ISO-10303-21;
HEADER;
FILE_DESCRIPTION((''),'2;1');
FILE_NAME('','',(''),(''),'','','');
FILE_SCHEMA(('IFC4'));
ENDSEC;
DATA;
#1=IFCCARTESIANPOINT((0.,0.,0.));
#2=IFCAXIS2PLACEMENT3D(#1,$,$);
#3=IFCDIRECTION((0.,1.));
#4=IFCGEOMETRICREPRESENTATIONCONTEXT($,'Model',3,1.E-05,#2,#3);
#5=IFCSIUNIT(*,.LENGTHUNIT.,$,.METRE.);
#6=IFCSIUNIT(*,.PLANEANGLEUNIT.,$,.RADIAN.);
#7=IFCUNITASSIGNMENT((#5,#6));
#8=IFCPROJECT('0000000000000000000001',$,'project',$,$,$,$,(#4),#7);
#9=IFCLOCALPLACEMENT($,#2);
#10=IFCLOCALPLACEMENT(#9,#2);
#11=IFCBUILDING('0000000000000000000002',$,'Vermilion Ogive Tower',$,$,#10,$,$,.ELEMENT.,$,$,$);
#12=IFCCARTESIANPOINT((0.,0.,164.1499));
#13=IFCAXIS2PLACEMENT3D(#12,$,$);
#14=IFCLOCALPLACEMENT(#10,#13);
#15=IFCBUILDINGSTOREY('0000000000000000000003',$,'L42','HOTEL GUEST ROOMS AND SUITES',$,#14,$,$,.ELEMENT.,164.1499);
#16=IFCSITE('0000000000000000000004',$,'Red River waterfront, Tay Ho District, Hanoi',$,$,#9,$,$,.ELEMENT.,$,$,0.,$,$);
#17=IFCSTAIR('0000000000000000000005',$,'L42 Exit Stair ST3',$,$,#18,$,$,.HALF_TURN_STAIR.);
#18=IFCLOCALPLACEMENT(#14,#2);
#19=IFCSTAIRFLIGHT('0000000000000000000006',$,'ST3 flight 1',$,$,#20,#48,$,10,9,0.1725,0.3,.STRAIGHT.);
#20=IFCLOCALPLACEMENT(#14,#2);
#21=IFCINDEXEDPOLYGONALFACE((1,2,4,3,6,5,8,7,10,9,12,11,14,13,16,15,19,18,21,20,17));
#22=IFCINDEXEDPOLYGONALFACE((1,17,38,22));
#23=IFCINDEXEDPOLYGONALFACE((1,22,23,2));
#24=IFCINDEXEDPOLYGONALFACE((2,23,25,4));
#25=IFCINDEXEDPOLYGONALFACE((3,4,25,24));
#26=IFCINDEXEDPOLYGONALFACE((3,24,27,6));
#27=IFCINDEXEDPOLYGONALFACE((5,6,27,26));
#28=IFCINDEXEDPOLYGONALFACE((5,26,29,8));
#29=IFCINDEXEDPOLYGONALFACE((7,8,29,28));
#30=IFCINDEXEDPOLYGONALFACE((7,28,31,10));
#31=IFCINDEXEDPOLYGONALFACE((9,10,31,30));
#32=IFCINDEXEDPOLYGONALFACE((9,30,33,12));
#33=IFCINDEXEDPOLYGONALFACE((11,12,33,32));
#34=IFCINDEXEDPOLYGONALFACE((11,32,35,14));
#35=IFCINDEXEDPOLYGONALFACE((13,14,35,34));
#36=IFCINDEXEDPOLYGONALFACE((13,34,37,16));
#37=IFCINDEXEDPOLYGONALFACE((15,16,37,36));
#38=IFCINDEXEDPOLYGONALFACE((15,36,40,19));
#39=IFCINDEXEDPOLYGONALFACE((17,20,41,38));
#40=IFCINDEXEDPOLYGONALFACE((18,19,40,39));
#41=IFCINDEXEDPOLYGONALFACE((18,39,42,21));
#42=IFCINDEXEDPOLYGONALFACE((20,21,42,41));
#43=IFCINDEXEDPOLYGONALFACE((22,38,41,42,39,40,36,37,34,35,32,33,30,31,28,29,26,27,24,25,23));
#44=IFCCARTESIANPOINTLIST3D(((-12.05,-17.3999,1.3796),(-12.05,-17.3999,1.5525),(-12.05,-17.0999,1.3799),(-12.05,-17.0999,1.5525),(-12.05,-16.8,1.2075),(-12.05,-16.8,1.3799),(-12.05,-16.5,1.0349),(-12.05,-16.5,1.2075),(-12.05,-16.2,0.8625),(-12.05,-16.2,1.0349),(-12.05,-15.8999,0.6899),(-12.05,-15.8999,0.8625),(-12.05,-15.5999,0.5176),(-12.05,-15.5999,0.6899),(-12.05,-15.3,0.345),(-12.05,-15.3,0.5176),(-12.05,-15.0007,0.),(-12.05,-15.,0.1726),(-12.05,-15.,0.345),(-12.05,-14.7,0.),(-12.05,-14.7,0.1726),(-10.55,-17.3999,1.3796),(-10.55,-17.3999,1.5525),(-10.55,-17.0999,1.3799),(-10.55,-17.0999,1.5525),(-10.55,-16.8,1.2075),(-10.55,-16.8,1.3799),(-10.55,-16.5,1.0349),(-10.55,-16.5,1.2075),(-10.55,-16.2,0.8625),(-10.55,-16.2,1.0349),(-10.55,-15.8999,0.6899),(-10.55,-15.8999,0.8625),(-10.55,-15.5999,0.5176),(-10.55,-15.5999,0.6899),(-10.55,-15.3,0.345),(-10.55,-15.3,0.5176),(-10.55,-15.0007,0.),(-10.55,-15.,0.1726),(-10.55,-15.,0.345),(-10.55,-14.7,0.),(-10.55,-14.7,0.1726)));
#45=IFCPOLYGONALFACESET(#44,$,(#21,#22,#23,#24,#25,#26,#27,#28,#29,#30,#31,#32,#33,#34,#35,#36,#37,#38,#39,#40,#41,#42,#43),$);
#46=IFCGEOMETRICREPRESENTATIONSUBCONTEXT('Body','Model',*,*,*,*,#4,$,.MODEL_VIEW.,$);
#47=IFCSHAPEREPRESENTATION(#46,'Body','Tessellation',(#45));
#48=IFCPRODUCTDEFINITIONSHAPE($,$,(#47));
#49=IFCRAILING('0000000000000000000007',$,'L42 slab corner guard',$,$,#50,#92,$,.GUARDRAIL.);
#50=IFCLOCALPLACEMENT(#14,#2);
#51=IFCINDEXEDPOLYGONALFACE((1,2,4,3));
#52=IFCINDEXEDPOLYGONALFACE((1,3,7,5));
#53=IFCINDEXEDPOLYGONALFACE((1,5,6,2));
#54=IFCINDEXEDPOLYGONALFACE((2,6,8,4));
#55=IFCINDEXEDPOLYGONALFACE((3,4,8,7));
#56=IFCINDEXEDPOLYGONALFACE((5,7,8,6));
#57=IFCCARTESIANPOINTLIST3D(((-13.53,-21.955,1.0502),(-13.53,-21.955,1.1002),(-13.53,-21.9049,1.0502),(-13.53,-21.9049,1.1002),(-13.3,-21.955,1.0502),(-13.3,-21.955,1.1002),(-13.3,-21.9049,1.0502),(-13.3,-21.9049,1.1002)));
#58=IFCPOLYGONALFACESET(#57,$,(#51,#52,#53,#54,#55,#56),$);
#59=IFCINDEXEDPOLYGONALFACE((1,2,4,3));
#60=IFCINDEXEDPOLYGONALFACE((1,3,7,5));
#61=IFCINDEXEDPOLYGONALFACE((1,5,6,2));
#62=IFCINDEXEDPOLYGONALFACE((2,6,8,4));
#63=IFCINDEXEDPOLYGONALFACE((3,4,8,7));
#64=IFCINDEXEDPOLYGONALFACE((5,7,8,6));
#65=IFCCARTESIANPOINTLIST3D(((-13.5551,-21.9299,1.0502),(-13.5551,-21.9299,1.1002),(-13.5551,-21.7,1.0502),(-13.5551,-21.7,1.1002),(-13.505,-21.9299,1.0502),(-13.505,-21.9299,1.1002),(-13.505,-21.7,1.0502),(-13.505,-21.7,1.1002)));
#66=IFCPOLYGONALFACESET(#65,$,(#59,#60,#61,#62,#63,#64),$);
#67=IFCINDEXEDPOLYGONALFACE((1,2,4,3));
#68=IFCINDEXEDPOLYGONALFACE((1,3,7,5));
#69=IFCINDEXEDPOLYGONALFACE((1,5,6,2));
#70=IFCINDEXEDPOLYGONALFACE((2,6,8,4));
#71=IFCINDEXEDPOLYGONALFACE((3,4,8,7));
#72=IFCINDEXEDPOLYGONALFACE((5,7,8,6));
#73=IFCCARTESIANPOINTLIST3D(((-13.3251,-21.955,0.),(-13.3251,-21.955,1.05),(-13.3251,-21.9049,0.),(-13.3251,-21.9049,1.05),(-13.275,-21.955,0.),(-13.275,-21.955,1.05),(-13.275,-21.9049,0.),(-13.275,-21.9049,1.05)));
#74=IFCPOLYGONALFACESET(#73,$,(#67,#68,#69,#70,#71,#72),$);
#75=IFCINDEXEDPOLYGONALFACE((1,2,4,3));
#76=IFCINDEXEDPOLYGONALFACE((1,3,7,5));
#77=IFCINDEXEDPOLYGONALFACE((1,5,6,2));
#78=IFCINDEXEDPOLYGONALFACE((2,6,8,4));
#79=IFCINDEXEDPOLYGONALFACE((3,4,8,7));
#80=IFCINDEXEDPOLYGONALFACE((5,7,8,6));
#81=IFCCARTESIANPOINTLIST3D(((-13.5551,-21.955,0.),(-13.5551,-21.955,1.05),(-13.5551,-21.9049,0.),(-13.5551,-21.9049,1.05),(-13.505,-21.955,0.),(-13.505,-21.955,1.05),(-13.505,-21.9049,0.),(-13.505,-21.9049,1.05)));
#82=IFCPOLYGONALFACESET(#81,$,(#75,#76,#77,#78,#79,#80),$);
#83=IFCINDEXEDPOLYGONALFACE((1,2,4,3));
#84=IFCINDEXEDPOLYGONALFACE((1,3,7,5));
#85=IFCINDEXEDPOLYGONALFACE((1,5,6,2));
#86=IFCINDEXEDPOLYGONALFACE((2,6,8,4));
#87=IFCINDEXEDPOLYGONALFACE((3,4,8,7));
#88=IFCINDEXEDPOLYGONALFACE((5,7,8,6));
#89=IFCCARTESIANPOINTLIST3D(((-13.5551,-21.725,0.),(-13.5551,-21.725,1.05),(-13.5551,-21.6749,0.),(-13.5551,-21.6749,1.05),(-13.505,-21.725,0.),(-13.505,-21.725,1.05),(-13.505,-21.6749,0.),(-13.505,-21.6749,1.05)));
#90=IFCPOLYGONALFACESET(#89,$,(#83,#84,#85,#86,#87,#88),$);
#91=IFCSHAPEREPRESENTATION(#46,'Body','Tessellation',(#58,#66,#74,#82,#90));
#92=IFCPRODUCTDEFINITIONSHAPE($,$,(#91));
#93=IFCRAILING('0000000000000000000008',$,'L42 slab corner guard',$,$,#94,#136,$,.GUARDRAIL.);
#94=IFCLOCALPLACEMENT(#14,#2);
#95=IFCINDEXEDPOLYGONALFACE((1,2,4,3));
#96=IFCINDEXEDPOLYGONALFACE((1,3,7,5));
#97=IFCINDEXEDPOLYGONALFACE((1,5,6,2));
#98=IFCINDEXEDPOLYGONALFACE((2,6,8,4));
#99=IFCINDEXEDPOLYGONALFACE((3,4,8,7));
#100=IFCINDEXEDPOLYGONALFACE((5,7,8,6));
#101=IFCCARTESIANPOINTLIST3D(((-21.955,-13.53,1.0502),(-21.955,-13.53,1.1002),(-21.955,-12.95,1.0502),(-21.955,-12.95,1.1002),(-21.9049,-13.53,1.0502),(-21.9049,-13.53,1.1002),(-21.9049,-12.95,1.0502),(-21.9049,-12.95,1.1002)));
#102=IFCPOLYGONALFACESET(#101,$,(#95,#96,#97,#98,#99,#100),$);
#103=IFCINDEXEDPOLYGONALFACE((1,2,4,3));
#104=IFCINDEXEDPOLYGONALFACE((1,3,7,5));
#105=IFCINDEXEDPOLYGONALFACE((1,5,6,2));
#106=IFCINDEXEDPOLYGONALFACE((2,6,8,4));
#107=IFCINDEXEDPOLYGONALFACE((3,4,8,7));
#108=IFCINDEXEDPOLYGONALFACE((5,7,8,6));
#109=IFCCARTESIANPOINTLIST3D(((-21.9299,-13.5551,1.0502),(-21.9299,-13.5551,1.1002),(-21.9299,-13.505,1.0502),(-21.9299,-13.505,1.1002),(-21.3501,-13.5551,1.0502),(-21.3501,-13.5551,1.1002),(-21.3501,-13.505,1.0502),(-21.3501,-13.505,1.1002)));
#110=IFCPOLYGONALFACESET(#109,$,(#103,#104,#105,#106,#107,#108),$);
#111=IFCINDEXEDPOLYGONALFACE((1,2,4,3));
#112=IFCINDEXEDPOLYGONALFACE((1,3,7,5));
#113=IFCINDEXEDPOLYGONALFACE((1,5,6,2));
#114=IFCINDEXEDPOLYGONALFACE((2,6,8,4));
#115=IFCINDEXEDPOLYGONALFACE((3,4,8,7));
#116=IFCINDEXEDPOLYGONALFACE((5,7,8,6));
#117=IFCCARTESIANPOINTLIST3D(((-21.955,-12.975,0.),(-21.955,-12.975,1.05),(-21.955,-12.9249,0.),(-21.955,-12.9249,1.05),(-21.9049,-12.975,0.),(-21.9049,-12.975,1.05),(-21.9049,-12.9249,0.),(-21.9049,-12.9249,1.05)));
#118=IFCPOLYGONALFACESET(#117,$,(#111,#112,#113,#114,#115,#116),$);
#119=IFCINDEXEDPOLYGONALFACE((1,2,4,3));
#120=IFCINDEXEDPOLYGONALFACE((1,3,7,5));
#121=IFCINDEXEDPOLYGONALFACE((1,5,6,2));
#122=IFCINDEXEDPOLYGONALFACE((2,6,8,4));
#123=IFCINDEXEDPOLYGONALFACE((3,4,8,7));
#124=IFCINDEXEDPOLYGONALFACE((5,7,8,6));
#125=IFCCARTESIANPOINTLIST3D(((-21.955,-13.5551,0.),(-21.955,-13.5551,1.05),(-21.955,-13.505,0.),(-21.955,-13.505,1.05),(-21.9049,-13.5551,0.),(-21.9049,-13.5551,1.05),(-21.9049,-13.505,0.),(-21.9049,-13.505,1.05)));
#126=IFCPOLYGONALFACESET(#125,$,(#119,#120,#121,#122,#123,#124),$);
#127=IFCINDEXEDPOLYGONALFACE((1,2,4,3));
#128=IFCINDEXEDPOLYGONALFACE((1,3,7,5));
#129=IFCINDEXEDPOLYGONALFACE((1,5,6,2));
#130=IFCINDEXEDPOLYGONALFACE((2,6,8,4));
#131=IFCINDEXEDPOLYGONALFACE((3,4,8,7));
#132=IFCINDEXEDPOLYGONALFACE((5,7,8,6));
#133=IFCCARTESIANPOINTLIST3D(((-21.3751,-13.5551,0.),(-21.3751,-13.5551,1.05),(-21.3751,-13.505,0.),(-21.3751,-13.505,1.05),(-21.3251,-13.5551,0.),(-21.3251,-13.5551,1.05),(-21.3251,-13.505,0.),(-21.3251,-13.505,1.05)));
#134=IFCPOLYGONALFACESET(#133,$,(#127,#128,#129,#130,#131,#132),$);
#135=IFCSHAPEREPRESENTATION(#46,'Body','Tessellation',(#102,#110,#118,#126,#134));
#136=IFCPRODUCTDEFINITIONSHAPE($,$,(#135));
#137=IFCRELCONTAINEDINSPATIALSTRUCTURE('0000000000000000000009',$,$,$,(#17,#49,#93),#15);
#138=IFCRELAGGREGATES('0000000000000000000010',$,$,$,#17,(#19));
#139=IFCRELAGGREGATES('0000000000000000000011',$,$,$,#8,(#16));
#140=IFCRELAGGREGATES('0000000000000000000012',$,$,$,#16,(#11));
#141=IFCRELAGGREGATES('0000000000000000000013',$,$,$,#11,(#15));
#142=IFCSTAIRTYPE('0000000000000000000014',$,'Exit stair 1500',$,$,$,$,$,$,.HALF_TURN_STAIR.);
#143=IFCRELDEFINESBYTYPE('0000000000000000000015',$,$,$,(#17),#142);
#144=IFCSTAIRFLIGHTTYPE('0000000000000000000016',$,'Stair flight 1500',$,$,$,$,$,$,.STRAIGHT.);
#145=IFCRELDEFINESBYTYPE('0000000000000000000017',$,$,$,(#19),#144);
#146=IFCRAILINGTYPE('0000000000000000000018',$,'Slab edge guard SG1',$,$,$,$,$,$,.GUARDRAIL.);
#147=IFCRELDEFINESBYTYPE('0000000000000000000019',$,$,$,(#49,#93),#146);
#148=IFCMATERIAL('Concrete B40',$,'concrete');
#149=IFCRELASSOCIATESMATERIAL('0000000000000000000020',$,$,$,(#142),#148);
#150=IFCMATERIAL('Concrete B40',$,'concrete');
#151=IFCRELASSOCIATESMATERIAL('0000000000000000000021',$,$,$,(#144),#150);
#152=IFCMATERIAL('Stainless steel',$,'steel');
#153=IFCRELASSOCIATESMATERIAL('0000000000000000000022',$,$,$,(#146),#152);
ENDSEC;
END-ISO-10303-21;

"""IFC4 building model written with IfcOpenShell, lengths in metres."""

from ifc_helpers import new_model, si_unit, direction, frame, origin, origin_2d, place, context, subcontext, project, spatial, polyline, rectangle, outline, extrude, material, type_object, element, aggregate, save


model = new_model("IFC4")

# Units and contexts
model_context = context("Model", 3, precision=1e-05, world=origin(), true_north=direction((0.0, 1.0)))
body_context = subcontext(model_context, "Body", "Model", "MODEL_VIEW")
ifc_project = project(units=[si_unit("LENGTHUNIT", "METRE"), si_unit("PLANEANGLEUNIT", "RADIAN")], contexts=[model_context])

# Site, building, storey
site_placement = place(None, origin())
site = spatial("IfcSite", under=ifc_project, at=site_placement, Name="Red River waterfront, Tay Ho District, Hanoi", CompositionType="ELEMENT", RefElevation=0.0)
building_placement = place(site_placement, origin())
building = spatial("IfcBuilding", under=site, at=building_placement, Name="Vermilion Ogive Tower", CompositionType="ELEMENT")
storey_placement = place(building_placement, frame((0.0, 0.0, 164.1499)))
storey = spatial("IfcBuildingStorey", under=building, at=storey_placement, Name="L42", Description="HOTEL GUEST ROOMS AND SUITES", CompositionType="ELEMENT", Elevation=164.1499)

# Stair, stair flight
ifc_material_1 = material(Name="Concrete B40", Category="concrete")
stair_type = type_object("IfcStairType", Name="Exit stair 1500", PredefinedType="HALF_TURN_STAIR", material=ifc_material_1)
stair_placement = place(storey_placement, origin())
stair = element("IfcStair", 1, at=stair_placement, inside=storey, type_object=stair_type, Name="L42 Exit Stair ST3", PredefinedType="HALF_TURN_STAIR")
ifc_material_2 = material(Name="Concrete B40", Category="concrete")
stair_flight_type = type_object("IfcStairFlightType", Name="Stair flight 1500", PredefinedType="STRAIGHT", material=ifc_material_2)
stair_flight_placement = place(storey_placement, frame((-11.3, -14.7, 0.0), z_axis=(0.0, 0.0, 1.0), x_axis=(0.0, -1.0, 0.0)))
stair_flight = element("IfcStairFlight", 2, at=stair_flight_placement, type_object=stair_flight_type, Name="ST3 flight 1", NumberOfRisers=10, NumberOfTreads=9, PredefinedType="STRAIGHT", RiserHeight=0.1725, TreadLength=0.3, context=body_context, shape_type="SweptSolid", body=[
    extrude(outline(polyline([(0.0, 0.0), (0.0, 0.1726), (0.3, 0.1726), (0.3, 0.345), (0.6001, 0.345), (0.6001, 0.5176), (0.8999, 0.5176), (0.8999, 0.6899), (1.2, 0.6899), (1.2, 0.8625), (1.5, 0.8625), (1.5, 1.0349), (1.8, 1.0349), (1.8, 1.2075), (2.1001, 1.2075), (2.1001, 1.3799), (2.3999, 1.3799), (2.3999, 1.5525), (2.7, 1.5525), (2.7, 1.7251), (2.7, 1.3796), (0.3008, 0.0), (0.0, 0.0)])), frame((0.0, 0.75, 0.0), z_axis=(0.0, -1.0, 0.0), x_axis=(1.0, 0.0, 0.0)), (0.0, 0.0, 1.0), 1.5),
])
aggregate(stair, [stair_flight])

# Railings
ifc_material_3 = material(Name="Stainless steel", Category="steel")
railing_type_1 = type_object("IfcRailingType", Name="Slab edge guard SG1", PredefinedType="GUARDRAIL", material=ifc_material_3)
railing_1_placement = place(storey_placement, frame((-13.3, -21.9299, 0.0)))
element("IfcRailing", 3, at=railing_1_placement, inside=storey, type_object=railing_type_1, Name="L42 slab corner guard", PredefinedType="GUARDRAIL", context=body_context, shape_type="SweptSolid", body=[
    extrude(rectangle(XDim=0.05, YDim=0.05, at=origin_2d()), frame((0.0, 0.0, 1.0752), z_axis=(-1.0, 0.0, 0.0), x_axis=(0.0, -1.0, 0.0)), (0.0, 0.0, 1.0), 0.23),
    extrude(rectangle(XDim=0.05, YDim=0.05, at=origin_2d()), frame((-0.23, 0.0, 1.0752), z_axis=(0.0, 1.0, 0.0), x_axis=(-1.0, 0.0, 0.0)), (0.0, 0.0, 1.0), 0.23),
    extrude(rectangle(XDim=0.05, YDim=0.05, at=origin_2d()), origin(), (0.0, 0.0, 1.0), 1.05),
    extrude(rectangle(XDim=0.05, YDim=0.05, at=origin_2d()), frame((-0.23, 0.0, 0.0)), (0.0, 0.0, 1.0), 1.05),
    extrude(rectangle(XDim=0.05, YDim=0.05, at=origin_2d()), frame((-0.23, 0.23, 0.0)), (0.0, 0.0, 1.0), 1.05),
])
railing_2_placement = place(storey_placement, frame((-21.9299, -12.95, 0.0)))
element("IfcRailing", 4, at=railing_2_placement, inside=storey, type_object=railing_type_1, Name="L42 slab corner guard", PredefinedType="GUARDRAIL", context=body_context, shape_type="SweptSolid", body=[
    extrude(rectangle(XDim=0.05, YDim=0.05, at=origin_2d()), frame((0.0, 0.0, 1.0752), z_axis=(0.0, -1.0, 0.0), x_axis=(1.0, 0.0, 0.0)), (0.0, 0.0, 1.0), 0.5801),
    extrude(rectangle(XDim=0.05, YDim=0.05, at=origin_2d()), frame((0.0, -0.5801, 1.0752), z_axis=(1.0, 0.0, 0.0), x_axis=(0.0, 1.0, 0.0)), (0.0, 0.0, 1.0), 0.5798),
    extrude(rectangle(XDim=0.05, YDim=0.05, at=origin_2d()), origin(), (0.0, 0.0, 1.0), 1.05),
    extrude(rectangle(XDim=0.05, YDim=0.05, at=origin_2d()), frame((0.0, -0.5801, 0.0)), (0.0, 0.0, 1.0), 1.05),
    extrude(rectangle(XDim=0.05, YDim=0.05, at=origin_2d()), frame((0.5798, -0.5801, 0.0)), (0.0, 0.0, 1.0), 1.05),
])

save(model, "model.ifc")
